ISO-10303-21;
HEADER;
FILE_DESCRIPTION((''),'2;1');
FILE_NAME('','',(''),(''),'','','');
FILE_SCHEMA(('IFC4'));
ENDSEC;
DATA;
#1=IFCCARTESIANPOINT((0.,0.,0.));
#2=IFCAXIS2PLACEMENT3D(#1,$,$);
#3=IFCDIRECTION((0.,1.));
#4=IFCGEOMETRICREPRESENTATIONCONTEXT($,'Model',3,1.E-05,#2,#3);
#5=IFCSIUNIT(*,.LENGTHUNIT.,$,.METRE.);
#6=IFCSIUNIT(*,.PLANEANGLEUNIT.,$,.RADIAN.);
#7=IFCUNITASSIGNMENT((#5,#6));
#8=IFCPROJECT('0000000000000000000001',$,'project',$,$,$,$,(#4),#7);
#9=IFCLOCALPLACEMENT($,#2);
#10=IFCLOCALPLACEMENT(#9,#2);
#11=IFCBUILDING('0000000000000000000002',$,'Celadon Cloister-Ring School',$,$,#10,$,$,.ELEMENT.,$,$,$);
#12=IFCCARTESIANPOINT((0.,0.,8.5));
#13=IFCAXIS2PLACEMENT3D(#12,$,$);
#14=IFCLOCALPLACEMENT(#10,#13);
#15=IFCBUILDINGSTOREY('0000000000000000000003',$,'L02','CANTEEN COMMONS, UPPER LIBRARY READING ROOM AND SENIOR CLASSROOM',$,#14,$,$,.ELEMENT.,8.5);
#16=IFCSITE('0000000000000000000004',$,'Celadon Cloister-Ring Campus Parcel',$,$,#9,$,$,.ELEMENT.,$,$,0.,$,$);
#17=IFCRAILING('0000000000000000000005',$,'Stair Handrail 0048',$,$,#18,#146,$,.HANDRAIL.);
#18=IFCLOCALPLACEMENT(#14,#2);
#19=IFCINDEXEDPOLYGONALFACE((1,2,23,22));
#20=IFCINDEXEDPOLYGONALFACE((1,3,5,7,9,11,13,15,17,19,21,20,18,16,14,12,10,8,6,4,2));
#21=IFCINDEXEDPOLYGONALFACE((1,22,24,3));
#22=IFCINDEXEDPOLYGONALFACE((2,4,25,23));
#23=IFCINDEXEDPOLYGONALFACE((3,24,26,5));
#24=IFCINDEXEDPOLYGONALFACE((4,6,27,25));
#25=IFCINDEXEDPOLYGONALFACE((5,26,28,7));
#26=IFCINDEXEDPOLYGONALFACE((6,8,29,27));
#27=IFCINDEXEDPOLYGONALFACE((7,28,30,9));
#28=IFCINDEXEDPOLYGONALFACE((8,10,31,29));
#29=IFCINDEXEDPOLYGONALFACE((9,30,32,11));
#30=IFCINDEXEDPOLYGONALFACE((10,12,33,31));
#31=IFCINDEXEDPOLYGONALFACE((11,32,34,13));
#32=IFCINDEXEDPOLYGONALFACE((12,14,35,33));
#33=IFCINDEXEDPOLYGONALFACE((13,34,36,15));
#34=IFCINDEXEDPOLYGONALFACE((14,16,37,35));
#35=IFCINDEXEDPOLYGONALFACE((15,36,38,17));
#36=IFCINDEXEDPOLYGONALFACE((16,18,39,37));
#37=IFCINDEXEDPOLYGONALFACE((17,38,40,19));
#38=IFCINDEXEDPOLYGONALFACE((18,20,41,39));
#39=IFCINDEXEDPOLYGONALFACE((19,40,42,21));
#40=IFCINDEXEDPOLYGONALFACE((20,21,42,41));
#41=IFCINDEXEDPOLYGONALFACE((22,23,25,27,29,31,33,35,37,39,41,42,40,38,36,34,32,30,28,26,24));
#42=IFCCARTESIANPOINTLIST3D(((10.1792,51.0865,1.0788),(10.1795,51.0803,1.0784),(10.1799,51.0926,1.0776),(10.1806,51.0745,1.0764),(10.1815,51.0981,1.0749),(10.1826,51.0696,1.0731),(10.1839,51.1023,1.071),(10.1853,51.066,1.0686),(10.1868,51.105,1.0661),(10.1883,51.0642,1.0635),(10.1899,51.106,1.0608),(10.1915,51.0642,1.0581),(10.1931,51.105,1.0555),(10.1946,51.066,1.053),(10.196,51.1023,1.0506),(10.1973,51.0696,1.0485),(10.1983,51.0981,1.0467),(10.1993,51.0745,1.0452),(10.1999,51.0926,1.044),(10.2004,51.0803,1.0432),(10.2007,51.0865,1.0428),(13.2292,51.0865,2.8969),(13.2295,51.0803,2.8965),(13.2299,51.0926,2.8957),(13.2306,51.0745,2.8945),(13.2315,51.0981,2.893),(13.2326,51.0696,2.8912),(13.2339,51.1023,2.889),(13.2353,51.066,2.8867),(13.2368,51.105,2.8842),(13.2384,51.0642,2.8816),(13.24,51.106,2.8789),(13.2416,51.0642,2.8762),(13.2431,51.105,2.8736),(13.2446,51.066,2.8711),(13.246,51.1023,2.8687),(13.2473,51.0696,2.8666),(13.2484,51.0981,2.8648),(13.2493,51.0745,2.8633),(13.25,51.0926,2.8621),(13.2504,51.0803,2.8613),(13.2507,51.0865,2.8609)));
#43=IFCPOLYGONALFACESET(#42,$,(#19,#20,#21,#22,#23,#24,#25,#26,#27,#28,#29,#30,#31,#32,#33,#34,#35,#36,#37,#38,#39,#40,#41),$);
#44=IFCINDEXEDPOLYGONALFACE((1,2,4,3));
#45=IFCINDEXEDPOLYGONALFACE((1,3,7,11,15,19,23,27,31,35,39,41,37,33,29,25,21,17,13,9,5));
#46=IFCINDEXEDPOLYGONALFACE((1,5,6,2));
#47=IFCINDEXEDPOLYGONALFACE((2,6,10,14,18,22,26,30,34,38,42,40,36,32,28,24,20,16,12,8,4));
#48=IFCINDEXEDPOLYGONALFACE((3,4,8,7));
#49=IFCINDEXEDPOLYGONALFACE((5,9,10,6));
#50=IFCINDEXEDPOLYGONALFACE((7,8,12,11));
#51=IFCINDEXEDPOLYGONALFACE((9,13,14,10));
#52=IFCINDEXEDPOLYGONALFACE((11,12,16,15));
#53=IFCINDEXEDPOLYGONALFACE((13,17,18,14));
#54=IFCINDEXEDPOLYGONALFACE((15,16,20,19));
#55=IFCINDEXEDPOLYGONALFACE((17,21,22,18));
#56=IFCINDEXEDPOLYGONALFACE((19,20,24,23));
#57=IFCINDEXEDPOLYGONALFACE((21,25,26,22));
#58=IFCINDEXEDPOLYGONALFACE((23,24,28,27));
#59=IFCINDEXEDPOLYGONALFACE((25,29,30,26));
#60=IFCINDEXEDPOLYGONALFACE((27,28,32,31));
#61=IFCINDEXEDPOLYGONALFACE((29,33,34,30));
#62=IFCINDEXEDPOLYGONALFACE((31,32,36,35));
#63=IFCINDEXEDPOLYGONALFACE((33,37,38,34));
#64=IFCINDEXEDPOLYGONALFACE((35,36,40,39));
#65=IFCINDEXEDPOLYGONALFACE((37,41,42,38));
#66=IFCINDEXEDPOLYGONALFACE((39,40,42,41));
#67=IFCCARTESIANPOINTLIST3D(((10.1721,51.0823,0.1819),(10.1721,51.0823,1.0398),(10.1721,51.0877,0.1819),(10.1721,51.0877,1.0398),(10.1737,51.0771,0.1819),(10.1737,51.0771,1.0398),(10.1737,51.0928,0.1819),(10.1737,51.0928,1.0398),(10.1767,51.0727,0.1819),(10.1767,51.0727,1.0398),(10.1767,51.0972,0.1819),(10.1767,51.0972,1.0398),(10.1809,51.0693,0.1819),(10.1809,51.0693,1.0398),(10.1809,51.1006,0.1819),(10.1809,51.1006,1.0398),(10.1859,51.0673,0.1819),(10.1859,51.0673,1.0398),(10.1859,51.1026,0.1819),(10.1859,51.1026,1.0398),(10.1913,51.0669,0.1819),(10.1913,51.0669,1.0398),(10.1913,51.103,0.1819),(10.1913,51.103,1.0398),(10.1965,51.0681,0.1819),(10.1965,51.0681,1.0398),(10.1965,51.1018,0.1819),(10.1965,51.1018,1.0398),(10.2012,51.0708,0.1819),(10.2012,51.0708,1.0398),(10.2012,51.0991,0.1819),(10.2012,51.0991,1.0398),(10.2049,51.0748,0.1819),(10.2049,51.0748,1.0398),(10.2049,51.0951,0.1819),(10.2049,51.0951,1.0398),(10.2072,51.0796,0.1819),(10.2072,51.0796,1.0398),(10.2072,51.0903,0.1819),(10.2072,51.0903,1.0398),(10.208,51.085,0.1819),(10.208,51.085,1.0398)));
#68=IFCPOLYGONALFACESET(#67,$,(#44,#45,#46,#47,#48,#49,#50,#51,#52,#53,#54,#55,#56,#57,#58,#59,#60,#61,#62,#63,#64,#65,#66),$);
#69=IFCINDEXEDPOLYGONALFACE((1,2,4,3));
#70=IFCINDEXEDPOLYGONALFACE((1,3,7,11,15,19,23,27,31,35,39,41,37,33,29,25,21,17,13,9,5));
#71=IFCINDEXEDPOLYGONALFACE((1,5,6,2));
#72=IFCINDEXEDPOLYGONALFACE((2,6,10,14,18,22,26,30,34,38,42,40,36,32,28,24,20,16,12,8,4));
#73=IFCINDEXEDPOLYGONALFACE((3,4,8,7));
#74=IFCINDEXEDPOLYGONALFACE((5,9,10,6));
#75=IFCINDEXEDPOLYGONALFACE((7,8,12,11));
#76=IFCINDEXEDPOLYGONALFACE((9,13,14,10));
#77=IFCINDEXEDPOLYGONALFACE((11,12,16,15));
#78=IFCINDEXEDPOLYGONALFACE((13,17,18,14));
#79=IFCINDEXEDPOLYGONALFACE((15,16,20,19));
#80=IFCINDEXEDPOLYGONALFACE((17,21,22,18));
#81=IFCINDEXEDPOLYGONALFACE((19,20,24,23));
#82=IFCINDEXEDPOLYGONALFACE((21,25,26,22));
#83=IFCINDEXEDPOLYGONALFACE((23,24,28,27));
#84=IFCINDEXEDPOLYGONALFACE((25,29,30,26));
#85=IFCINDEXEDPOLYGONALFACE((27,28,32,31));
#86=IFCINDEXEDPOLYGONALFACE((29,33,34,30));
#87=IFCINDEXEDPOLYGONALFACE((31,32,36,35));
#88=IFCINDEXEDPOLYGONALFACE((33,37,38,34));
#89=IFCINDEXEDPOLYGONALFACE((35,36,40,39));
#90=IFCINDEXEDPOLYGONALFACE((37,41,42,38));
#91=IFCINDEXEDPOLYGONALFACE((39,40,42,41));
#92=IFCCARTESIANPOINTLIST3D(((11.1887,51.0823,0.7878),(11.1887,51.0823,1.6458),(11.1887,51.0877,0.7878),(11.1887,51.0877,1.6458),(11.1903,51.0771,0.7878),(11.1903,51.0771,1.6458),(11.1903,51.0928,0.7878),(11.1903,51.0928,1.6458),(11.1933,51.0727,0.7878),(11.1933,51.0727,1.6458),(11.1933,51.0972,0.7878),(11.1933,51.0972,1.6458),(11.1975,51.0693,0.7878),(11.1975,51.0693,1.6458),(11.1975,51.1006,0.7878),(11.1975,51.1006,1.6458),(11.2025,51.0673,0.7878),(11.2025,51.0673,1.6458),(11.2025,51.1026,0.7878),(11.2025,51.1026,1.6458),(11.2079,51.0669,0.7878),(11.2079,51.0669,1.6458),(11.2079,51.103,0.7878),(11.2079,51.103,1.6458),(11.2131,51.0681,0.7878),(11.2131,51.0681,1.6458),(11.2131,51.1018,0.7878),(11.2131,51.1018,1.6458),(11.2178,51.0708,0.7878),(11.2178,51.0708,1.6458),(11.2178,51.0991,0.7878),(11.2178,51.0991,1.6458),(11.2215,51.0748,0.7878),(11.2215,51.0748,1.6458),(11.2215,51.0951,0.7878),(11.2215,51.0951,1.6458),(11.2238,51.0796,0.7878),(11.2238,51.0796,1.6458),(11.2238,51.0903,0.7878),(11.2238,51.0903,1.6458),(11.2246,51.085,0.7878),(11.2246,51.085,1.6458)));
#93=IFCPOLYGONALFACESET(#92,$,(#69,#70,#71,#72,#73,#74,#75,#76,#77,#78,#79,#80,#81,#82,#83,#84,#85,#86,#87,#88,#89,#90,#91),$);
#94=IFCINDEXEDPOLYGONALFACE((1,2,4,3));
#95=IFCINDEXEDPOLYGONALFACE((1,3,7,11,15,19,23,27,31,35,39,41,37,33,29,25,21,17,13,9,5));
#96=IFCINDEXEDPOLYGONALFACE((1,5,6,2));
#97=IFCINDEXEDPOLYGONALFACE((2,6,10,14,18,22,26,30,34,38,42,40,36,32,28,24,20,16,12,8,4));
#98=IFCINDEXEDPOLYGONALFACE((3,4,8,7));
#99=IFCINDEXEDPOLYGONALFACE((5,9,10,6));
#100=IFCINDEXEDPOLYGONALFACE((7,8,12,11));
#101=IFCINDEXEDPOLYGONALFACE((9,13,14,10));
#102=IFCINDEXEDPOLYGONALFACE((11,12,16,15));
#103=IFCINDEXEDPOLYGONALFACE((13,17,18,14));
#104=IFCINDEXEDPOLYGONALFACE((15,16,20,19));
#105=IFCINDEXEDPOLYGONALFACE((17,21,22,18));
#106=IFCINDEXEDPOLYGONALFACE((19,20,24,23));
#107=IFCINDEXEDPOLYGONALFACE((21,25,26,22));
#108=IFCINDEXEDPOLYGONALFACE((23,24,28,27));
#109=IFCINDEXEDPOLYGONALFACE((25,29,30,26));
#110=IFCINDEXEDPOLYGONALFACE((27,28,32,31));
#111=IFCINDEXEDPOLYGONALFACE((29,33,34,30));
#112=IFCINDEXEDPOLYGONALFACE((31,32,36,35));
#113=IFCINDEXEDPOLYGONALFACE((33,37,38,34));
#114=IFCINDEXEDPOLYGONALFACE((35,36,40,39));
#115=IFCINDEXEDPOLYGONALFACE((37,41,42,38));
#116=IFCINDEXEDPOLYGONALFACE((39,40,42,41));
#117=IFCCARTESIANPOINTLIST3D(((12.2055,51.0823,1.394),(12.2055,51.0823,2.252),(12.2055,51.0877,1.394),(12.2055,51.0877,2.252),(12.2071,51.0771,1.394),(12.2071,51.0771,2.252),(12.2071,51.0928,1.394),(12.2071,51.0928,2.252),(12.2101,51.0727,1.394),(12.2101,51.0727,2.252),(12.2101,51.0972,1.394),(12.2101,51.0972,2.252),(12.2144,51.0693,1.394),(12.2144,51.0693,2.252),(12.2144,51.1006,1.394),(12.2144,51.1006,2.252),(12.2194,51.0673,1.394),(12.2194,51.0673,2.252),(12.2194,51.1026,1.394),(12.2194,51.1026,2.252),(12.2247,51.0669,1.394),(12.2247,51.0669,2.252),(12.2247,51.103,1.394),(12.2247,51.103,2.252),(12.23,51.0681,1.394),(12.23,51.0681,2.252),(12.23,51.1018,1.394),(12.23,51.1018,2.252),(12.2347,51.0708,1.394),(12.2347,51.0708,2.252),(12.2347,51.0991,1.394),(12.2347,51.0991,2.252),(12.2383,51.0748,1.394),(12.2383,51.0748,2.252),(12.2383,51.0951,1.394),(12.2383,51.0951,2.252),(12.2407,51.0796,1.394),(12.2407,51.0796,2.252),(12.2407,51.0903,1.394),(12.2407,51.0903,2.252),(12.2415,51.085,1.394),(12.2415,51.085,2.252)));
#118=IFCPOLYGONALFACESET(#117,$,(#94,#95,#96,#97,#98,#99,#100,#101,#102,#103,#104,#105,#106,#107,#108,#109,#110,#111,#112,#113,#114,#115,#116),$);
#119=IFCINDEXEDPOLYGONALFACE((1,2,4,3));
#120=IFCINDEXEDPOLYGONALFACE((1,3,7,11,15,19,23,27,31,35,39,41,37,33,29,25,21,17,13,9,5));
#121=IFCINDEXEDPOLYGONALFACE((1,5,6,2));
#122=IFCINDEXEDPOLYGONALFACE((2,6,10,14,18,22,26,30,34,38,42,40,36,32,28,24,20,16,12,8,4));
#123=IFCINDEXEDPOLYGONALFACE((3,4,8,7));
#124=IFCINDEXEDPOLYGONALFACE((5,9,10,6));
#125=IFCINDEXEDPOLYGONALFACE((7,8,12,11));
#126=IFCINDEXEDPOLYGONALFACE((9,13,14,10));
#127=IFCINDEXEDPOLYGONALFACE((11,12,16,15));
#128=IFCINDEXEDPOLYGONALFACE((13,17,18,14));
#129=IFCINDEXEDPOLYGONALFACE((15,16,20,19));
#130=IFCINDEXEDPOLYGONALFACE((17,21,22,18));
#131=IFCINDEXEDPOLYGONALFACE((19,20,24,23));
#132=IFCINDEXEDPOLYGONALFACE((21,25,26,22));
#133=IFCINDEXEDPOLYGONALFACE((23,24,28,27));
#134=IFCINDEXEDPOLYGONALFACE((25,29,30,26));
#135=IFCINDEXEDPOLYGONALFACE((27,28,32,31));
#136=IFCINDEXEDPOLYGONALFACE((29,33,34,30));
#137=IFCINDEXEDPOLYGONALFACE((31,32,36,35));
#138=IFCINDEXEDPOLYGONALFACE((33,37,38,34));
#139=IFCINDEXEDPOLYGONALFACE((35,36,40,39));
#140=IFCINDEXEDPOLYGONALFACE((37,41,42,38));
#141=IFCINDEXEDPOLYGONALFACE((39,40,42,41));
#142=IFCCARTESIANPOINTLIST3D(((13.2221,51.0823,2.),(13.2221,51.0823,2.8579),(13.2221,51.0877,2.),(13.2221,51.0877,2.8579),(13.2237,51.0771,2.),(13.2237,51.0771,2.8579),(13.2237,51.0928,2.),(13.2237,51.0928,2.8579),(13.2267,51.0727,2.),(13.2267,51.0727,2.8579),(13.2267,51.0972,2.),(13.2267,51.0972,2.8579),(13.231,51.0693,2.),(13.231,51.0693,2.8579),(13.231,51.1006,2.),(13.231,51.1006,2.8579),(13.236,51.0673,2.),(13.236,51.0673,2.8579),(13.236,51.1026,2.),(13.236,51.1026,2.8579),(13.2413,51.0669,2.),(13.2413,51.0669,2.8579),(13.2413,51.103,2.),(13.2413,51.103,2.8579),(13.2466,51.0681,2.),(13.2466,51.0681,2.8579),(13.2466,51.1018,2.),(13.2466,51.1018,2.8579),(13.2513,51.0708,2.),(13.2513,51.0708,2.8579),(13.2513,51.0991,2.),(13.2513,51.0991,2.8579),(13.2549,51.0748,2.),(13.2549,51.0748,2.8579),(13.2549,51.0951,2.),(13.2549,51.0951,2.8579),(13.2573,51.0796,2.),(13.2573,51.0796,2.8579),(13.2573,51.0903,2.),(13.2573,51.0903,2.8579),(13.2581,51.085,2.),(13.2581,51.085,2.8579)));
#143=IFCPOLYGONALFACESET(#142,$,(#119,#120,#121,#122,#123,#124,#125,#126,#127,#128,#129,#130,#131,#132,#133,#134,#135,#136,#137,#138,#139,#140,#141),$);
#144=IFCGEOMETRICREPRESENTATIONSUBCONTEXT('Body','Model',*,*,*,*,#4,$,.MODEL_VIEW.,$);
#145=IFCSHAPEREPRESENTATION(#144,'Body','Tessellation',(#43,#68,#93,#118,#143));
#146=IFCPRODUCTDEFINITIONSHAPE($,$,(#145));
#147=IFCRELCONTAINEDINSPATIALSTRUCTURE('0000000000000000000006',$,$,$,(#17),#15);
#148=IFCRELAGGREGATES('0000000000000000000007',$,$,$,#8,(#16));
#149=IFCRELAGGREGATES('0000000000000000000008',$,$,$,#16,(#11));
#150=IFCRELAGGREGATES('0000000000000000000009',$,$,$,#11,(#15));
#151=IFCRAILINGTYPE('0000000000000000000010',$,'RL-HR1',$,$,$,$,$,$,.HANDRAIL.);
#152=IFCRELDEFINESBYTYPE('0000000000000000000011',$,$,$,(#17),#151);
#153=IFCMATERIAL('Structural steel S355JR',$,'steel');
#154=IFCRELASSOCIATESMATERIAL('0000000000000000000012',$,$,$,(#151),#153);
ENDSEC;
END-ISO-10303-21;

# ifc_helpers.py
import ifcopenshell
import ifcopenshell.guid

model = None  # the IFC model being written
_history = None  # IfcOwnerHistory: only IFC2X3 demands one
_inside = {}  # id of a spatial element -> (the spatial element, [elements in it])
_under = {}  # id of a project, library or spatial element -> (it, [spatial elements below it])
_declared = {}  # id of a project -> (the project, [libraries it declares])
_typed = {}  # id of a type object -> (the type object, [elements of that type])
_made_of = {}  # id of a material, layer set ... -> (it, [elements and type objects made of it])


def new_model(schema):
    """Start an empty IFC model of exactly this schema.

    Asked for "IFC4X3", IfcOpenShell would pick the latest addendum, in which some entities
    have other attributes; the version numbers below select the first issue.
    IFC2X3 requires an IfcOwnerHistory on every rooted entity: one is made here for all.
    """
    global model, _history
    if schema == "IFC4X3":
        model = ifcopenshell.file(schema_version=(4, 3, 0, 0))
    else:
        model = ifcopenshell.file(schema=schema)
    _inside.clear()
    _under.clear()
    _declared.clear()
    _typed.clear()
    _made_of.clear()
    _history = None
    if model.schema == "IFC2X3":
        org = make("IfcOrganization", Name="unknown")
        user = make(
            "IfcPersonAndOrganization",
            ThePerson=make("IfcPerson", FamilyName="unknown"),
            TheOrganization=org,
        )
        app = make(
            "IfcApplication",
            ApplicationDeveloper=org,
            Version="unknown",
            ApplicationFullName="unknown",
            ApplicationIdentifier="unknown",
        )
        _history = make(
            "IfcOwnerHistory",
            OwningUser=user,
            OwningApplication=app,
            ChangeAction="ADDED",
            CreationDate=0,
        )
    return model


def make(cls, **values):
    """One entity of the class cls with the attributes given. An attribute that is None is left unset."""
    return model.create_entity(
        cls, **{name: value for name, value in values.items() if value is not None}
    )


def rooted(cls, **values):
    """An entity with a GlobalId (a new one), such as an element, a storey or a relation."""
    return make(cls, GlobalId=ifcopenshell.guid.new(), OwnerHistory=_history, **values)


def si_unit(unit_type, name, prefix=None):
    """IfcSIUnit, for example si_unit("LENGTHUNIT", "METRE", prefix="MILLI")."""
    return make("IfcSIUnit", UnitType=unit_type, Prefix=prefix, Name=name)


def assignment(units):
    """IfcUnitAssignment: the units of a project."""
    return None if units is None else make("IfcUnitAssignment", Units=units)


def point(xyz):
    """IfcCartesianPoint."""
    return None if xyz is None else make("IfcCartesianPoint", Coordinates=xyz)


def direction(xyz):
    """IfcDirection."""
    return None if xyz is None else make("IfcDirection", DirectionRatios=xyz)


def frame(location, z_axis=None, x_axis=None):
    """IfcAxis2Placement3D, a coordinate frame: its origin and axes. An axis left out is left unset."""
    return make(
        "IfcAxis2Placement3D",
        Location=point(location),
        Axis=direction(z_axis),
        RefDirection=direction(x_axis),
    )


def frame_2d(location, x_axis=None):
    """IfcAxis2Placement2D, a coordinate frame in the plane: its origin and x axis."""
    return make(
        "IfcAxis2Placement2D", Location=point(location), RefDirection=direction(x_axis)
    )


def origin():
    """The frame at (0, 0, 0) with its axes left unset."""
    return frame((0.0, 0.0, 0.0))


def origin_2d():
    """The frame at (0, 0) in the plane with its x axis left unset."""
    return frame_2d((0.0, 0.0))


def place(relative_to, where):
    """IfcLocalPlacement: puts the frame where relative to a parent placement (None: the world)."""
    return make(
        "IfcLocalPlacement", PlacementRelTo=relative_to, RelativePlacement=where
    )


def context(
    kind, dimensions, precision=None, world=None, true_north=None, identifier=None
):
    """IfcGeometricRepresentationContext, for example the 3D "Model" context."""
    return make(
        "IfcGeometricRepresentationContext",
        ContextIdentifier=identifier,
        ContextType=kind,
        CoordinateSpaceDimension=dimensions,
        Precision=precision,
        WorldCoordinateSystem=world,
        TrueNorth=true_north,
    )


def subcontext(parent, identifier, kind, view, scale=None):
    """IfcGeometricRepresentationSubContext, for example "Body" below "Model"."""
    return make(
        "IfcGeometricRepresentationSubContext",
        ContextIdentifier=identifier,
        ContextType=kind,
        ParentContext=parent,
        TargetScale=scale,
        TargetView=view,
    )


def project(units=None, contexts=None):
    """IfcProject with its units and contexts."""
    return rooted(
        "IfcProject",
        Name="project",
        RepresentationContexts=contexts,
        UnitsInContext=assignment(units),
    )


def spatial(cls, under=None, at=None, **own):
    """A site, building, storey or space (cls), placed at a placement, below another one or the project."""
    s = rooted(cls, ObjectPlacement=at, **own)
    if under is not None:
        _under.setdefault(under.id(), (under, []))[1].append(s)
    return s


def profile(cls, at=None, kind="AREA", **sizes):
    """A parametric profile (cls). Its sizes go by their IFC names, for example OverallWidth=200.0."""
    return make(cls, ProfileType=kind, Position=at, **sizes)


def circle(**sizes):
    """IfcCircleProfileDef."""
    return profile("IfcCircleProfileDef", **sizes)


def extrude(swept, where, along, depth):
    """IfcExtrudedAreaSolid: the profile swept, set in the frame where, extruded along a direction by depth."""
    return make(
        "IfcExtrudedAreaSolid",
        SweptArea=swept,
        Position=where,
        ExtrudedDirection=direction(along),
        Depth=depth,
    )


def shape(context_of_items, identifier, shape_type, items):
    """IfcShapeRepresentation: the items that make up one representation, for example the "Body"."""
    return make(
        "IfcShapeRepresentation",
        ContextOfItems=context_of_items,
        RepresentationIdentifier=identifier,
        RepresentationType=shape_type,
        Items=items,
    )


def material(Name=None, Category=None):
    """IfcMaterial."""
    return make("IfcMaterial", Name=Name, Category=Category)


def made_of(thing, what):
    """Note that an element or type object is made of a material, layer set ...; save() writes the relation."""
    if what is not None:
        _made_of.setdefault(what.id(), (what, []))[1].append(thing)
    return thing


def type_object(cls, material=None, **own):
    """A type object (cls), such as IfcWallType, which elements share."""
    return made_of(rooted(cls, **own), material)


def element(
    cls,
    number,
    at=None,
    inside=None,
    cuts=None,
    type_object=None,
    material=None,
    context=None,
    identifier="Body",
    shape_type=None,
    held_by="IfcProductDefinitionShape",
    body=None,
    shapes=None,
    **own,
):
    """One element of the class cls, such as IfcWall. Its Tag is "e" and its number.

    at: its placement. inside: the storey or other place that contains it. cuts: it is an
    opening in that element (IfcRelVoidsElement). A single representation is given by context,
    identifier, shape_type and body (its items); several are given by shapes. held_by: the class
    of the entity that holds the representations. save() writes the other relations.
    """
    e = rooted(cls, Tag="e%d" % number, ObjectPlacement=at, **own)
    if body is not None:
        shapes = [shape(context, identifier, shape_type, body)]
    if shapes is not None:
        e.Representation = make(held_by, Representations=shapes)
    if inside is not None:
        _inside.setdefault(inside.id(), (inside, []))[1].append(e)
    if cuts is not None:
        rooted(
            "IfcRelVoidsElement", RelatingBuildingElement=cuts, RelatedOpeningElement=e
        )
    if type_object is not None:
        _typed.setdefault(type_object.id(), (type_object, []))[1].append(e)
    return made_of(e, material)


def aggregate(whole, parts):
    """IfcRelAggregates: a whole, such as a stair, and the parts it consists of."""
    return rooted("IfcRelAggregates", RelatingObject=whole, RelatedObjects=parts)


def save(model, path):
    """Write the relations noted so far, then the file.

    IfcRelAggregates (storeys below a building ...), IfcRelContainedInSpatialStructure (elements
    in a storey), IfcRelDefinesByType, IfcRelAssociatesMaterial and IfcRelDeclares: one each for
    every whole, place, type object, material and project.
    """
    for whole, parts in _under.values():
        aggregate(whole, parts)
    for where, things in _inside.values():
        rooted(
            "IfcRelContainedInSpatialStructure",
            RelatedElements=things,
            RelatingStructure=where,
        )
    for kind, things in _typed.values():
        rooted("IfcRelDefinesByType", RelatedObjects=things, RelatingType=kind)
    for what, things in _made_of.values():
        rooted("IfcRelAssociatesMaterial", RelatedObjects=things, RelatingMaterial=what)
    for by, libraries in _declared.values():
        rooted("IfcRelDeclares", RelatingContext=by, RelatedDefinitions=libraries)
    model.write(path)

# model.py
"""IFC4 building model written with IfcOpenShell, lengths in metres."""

from ifc_helpers import new_model, si_unit, direction, frame, origin, origin_2d, place, context, subcontext, project, spatial, circle, extrude, material, type_object, element, save


model = new_model("IFC4")

# Units and contexts
model_context = context("Model", 3, precision=1e-05, world=origin(), true_north=direction((0.0, 1.0)))
body_context = subcontext(model_context, "Body", "Model", "MODEL_VIEW")
ifc_project = project(units=[si_unit("LENGTHUNIT", "METRE"), si_unit("PLANEANGLEUNIT", "RADIAN")], contexts=[model_context])

# Site, building, storey
site_placement = place(None, origin())
site = spatial("IfcSite", under=ifc_project, at=site_placement, Name="Celadon Cloister-Ring Campus Parcel", CompositionType="ELEMENT", RefElevation=0.0)
building_placement = place(site_placement, origin())
building = spatial("IfcBuilding", under=site, at=building_placement, Name="Celadon Cloister-Ring School", CompositionType="ELEMENT")
storey_placement = place(building_placement, frame((0.0, 0.0, 8.5)))
storey = spatial("IfcBuildingStorey", under=building, at=storey_placement, Name="L02", Description="CANTEEN COMMONS, UPPER LIBRARY READING ROOM AND SENIOR CLASSROOM", CompositionType="ELEMENT", Elevation=8.5)

# Railing
ifc_material_1 = material(Name="Structural steel S355JR", Category="steel")
railing_type_1 = type_object("IfcRailingType", Name="RL-HR1", PredefinedType="HANDRAIL", material=ifc_material_1)
for number, where, name in (
    (1, (10.1899, 51.085, 0.1819), "Stair Handrail 0048"),
):
    element("IfcRailing", number, at=place(storey_placement, frame(where)), inside=storey, type_object=railing_type_1, Name=name, PredefinedType="HANDRAIL", context=body_context, shape_type="SweptSolid", body=[
        extrude(circle(Radius=0.021, at=origin_2d()), frame((0.0, 0.0, 0.8789), z_axis=(0.85897, 0.0, 0.512026), x_axis=(0.0, 1.0, 0.0)), (0.0, 0.0, 1.0), 3.5508),
        extrude(circle(Radius=0.0181, at=origin_2d()), origin(), (0.0, 0.0, 1.0), 0.8579),
        extrude(circle(Radius=0.0181, at=origin_2d()), frame((1.0166, 0.0, 0.606)), (0.0, 0.0, 1.0), 0.8579),
        extrude(circle(Radius=0.0181, at=origin_2d()), frame((2.0334, 0.0, 1.2122)), (0.0, 0.0, 1.0), 0.8579),
        extrude(circle(Radius=0.0181, at=origin_2d()), frame((3.05, 0.0, 1.8181)), (0.0, 0.0, 1.0), 0.8579),
    ])

save(model, "model.ifc")
